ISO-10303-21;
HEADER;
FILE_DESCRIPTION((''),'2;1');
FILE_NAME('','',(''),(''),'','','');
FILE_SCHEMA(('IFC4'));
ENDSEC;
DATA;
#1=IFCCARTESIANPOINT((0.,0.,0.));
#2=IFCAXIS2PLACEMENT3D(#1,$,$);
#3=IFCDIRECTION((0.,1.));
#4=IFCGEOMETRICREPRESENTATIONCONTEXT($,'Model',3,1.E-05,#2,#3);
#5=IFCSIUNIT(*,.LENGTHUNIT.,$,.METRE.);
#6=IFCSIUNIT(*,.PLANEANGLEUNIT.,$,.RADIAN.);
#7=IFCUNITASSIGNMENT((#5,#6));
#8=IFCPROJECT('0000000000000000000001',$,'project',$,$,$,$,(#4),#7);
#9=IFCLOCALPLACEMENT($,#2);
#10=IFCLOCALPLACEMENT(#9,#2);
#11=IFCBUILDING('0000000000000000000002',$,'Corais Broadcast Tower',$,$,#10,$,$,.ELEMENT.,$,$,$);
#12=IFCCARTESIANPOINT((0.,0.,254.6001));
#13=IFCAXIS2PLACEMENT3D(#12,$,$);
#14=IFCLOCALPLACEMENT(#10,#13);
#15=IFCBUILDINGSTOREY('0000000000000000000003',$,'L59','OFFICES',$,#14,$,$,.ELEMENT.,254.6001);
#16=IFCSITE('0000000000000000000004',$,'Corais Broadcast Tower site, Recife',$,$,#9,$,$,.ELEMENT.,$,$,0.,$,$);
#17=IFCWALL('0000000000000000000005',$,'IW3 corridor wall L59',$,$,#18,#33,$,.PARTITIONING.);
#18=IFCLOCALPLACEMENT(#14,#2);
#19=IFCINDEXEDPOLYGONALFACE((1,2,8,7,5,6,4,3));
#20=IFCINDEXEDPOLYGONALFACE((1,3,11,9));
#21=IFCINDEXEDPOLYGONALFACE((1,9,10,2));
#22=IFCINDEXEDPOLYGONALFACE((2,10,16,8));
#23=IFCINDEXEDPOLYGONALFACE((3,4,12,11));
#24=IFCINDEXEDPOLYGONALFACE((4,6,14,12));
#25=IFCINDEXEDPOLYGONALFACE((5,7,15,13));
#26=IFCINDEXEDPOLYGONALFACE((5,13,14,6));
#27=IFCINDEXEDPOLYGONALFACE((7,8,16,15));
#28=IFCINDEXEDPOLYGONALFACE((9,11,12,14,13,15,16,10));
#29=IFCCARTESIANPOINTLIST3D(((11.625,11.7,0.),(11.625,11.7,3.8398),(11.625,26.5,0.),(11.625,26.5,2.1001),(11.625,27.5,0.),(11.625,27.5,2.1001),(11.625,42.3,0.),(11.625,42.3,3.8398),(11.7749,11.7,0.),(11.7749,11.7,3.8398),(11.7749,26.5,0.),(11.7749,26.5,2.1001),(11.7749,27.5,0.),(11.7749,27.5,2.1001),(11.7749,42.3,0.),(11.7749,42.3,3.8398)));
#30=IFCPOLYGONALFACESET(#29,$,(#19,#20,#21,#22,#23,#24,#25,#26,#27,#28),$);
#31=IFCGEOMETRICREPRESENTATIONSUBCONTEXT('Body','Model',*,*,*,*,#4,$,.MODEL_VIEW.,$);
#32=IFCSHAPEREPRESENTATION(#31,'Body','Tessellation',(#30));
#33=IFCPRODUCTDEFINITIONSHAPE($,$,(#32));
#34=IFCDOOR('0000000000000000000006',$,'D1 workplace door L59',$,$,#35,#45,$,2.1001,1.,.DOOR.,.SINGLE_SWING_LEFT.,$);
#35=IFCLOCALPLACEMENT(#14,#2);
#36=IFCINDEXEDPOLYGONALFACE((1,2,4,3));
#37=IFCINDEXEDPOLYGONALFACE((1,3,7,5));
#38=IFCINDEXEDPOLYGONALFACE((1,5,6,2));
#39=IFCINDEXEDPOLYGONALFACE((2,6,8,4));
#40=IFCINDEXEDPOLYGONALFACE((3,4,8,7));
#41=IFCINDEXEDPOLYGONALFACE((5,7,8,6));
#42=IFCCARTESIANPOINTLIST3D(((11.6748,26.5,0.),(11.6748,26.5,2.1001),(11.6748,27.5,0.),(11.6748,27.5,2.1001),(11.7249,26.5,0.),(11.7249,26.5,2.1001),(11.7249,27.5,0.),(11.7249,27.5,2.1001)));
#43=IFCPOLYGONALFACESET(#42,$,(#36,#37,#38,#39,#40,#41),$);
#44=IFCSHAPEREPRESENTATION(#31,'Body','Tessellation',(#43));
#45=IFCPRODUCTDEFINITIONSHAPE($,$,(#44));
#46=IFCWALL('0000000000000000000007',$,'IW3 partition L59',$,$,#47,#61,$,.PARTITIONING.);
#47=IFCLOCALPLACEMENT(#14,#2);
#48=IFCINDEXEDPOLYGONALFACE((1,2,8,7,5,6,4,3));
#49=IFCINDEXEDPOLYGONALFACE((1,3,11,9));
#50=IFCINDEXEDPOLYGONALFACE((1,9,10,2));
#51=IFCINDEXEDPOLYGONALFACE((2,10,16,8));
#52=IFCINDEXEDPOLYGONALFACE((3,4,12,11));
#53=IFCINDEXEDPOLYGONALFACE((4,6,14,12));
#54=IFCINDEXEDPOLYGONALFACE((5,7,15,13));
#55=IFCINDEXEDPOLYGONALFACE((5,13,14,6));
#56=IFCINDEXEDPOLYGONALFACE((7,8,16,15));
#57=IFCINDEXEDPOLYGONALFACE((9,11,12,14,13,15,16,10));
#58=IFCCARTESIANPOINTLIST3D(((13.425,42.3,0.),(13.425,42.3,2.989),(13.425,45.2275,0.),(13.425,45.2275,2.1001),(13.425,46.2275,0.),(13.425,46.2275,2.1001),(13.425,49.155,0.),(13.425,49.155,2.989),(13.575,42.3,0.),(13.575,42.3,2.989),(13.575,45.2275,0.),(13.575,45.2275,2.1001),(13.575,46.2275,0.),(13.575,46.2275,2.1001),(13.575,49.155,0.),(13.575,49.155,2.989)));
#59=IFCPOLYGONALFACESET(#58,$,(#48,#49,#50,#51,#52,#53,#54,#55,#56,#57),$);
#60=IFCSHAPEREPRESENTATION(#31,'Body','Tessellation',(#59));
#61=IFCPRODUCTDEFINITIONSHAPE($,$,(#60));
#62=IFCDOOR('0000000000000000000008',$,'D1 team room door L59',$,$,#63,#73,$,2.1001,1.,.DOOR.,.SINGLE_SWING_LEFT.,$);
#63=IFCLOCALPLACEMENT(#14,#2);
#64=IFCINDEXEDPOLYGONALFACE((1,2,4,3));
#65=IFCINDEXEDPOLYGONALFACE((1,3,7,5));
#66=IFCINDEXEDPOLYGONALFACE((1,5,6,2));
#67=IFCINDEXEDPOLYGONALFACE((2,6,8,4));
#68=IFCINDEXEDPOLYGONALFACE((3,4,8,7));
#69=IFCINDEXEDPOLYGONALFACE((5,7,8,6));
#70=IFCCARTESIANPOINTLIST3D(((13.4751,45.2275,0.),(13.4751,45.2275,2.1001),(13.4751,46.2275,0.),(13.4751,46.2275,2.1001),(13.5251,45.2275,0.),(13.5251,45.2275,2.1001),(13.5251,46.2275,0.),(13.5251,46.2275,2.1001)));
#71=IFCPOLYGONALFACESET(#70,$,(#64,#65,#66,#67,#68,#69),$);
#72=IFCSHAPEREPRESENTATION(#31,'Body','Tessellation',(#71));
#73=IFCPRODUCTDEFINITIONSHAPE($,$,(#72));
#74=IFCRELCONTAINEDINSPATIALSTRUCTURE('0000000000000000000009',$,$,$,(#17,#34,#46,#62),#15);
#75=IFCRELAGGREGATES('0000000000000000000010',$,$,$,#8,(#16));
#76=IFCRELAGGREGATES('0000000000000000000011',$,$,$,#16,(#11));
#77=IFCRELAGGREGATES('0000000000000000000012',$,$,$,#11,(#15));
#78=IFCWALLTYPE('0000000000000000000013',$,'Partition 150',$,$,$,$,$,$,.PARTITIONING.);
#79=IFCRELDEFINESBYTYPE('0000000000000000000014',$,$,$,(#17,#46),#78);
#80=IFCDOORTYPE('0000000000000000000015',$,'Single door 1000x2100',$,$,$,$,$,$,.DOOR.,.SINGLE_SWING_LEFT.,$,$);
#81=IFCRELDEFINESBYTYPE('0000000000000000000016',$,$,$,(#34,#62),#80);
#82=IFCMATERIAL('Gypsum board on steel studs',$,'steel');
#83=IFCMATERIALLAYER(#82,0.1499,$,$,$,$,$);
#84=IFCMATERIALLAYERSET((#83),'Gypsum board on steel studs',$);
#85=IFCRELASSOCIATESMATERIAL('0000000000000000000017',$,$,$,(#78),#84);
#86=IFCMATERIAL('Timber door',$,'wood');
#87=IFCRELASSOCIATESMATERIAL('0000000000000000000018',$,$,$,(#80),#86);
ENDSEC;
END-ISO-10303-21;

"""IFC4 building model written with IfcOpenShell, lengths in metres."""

from ifc_helpers import new_model, si_unit, direction, frame, frame_2d, origin, place, context, subcontext, project, spatial, rectangle, extrude, material, layer, layer_set, type_object, element, fill, save


model = new_model("IFC4")

# Units and contexts
model_context = context("Model", 3, precision=1e-05, world=origin(), true_north=direction((0.0, 1.0)))
body_context = subcontext(model_context, "Body", "Model", "MODEL_VIEW")
ifc_project = project(units=[si_unit("LENGTHUNIT", "METRE"), si_unit("PLANEANGLEUNIT", "RADIAN")], contexts=[model_context])

# Site, building, storey
site_placement = place(None, origin())
site = spatial("IfcSite", under=ifc_project, at=site_placement, Name="Corais Broadcast Tower site, Recife", CompositionType="ELEMENT", RefElevation=0.0)
building_placement = place(site_placement, origin())
building = spatial("IfcBuilding", under=site, at=building_placement, Name="Corais Broadcast Tower", CompositionType="ELEMENT")
storey_placement = place(building_placement, frame((0.0, 0.0, 254.6001)))
storey = spatial("IfcBuildingStorey", under=building, at=storey_placement, Name="L59", Description="OFFICES", CompositionType="ELEMENT", Elevation=254.6001)

# Walls, openings, doors
ifc_material_1 = material(Name="Gypsum board on steel studs", Category="steel")
ifc_layer_1 = layer(ifc_material_1, 0.1499)
ifc_layer_set_1 = layer_set([ifc_layer_1], Name="Gypsum board on steel studs")
wall_type = type_object("IfcWallType", Name="Partition 150", PredefinedType="PARTITIONING", material=ifc_layer_set_1)
wall_1_placement = place(storey_placement, frame((11.7, 42.3, 0.0), z_axis=(0.0, 0.0, 1.0), x_axis=(0.0, -1.0, 0.0)))
wall_1 = element("IfcWall", 1, at=wall_1_placement, inside=storey, type_object=wall_type, Name="IW3 corridor wall L59", PredefinedType="PARTITIONING", context=body_context, shape_type="SweptSolid", body=[
    extrude(rectangle(XDim=30.6001, YDim=0.1499, at=frame_2d((15.3, 0.0))), origin(), (0.0, 0.0, 1.0), 3.8398),
])
opening_1_placement = place(wall_1_placement, frame((14.8, 0.0, 0.0)))
opening_1 = element("IfcOpeningElement", 2, at=opening_1_placement, cuts=wall_1, PredefinedType="OPENING", context=body_context, shape_type="SweptSolid", body=[
    extrude(rectangle(XDim=1.0, YDim=2.1001, at=frame_2d((0.5, 1.05))), frame((0.0, 0.085, 0.0), z_axis=(0.0, -1.0, 0.0), x_axis=(1.0, 0.0, 0.0)), (0.0, 0.0, 1.0), 0.1699),
])
ifc_material_2 = material(Name="Timber door", Category="wood")
door_type = type_object("IfcDoorType", Name="Single door 1000x2100", OperationType="SINGLE_SWING_LEFT", PredefinedType="DOOR", material=ifc_material_2)
door_1_placement = place(opening_1_placement, origin())
door_1 = element("IfcDoor", 3, at=door_1_placement, inside=storey, type_object=door_type, Name="D1 workplace door L59", OperationType="SINGLE_SWING_LEFT", OverallHeight=2.1001, OverallWidth=1.0, PredefinedType="DOOR", context=body_context, shape_type="SweptSolid", body=[
    extrude(rectangle(XDim=1.0, YDim=2.1001, at=frame_2d((0.5, 1.05))), frame((0.0, 0.0249, 0.0), z_axis=(0.0, -1.0, 0.0), x_axis=(1.0, 0.0, 0.0)), (0.0, 0.0, 1.0), 0.05),
])
fill(opening_1, door_1)
wall_2_placement = place(storey_placement, frame((13.5, 42.3, 0.0), z_axis=(0.0, 0.0, 1.0), x_axis=(0.0, 1.0, 0.0)))
wall_2 = element("IfcWall", 4, at=wall_2_placement, inside=storey, type_object=wall_type, Name="IW3 partition L59", PredefinedType="PARTITIONING", context=body_context, shape_type="SweptSolid", body=[
    extrude(rectangle(XDim=6.855, YDim=0.1499, at=frame_2d((3.4275, 0.0))), origin(), (0.0, 0.0, 1.0), 2.989),
])
opening_2_placement = place(wall_2_placement, frame((2.9275, 0.0, 0.0)))
opening_2 = element("IfcOpeningElement", 5, at=opening_2_placement, cuts=wall_2, PredefinedType="OPENING", context=body_context, shape_type="SweptSolid", body=[
    extrude(rectangle(XDim=1.0, YDim=2.1001, at=frame_2d((0.5, 1.05))), frame((0.0, 0.085, 0.0), z_axis=(0.0, -1.0, 0.0), x_axis=(1.0, 0.0, 0.0)), (0.0, 0.0, 1.0), 0.1699),
])
door_2_placement = place(opening_2_placement, origin())
door_2 = element("IfcDoor", 6, at=door_2_placement, inside=storey, type_object=door_type, Name="D1 team room door L59", OperationType="SINGLE_SWING_LEFT", OverallHeight=2.1001, OverallWidth=1.0, PredefinedType="DOOR", context=body_context, shape_type="SweptSolid", body=[
    extrude(rectangle(XDim=1.0, YDim=2.1001, at=frame_2d((0.5, 1.05))), frame((0.0, 0.0249, 0.0), z_axis=(0.0, -1.0, 0.0), x_axis=(1.0, 0.0, 0.0)), (0.0, 0.0, 1.0), 0.05),
])
fill(opening_2, door_2)

save(model, "model.ifc")
